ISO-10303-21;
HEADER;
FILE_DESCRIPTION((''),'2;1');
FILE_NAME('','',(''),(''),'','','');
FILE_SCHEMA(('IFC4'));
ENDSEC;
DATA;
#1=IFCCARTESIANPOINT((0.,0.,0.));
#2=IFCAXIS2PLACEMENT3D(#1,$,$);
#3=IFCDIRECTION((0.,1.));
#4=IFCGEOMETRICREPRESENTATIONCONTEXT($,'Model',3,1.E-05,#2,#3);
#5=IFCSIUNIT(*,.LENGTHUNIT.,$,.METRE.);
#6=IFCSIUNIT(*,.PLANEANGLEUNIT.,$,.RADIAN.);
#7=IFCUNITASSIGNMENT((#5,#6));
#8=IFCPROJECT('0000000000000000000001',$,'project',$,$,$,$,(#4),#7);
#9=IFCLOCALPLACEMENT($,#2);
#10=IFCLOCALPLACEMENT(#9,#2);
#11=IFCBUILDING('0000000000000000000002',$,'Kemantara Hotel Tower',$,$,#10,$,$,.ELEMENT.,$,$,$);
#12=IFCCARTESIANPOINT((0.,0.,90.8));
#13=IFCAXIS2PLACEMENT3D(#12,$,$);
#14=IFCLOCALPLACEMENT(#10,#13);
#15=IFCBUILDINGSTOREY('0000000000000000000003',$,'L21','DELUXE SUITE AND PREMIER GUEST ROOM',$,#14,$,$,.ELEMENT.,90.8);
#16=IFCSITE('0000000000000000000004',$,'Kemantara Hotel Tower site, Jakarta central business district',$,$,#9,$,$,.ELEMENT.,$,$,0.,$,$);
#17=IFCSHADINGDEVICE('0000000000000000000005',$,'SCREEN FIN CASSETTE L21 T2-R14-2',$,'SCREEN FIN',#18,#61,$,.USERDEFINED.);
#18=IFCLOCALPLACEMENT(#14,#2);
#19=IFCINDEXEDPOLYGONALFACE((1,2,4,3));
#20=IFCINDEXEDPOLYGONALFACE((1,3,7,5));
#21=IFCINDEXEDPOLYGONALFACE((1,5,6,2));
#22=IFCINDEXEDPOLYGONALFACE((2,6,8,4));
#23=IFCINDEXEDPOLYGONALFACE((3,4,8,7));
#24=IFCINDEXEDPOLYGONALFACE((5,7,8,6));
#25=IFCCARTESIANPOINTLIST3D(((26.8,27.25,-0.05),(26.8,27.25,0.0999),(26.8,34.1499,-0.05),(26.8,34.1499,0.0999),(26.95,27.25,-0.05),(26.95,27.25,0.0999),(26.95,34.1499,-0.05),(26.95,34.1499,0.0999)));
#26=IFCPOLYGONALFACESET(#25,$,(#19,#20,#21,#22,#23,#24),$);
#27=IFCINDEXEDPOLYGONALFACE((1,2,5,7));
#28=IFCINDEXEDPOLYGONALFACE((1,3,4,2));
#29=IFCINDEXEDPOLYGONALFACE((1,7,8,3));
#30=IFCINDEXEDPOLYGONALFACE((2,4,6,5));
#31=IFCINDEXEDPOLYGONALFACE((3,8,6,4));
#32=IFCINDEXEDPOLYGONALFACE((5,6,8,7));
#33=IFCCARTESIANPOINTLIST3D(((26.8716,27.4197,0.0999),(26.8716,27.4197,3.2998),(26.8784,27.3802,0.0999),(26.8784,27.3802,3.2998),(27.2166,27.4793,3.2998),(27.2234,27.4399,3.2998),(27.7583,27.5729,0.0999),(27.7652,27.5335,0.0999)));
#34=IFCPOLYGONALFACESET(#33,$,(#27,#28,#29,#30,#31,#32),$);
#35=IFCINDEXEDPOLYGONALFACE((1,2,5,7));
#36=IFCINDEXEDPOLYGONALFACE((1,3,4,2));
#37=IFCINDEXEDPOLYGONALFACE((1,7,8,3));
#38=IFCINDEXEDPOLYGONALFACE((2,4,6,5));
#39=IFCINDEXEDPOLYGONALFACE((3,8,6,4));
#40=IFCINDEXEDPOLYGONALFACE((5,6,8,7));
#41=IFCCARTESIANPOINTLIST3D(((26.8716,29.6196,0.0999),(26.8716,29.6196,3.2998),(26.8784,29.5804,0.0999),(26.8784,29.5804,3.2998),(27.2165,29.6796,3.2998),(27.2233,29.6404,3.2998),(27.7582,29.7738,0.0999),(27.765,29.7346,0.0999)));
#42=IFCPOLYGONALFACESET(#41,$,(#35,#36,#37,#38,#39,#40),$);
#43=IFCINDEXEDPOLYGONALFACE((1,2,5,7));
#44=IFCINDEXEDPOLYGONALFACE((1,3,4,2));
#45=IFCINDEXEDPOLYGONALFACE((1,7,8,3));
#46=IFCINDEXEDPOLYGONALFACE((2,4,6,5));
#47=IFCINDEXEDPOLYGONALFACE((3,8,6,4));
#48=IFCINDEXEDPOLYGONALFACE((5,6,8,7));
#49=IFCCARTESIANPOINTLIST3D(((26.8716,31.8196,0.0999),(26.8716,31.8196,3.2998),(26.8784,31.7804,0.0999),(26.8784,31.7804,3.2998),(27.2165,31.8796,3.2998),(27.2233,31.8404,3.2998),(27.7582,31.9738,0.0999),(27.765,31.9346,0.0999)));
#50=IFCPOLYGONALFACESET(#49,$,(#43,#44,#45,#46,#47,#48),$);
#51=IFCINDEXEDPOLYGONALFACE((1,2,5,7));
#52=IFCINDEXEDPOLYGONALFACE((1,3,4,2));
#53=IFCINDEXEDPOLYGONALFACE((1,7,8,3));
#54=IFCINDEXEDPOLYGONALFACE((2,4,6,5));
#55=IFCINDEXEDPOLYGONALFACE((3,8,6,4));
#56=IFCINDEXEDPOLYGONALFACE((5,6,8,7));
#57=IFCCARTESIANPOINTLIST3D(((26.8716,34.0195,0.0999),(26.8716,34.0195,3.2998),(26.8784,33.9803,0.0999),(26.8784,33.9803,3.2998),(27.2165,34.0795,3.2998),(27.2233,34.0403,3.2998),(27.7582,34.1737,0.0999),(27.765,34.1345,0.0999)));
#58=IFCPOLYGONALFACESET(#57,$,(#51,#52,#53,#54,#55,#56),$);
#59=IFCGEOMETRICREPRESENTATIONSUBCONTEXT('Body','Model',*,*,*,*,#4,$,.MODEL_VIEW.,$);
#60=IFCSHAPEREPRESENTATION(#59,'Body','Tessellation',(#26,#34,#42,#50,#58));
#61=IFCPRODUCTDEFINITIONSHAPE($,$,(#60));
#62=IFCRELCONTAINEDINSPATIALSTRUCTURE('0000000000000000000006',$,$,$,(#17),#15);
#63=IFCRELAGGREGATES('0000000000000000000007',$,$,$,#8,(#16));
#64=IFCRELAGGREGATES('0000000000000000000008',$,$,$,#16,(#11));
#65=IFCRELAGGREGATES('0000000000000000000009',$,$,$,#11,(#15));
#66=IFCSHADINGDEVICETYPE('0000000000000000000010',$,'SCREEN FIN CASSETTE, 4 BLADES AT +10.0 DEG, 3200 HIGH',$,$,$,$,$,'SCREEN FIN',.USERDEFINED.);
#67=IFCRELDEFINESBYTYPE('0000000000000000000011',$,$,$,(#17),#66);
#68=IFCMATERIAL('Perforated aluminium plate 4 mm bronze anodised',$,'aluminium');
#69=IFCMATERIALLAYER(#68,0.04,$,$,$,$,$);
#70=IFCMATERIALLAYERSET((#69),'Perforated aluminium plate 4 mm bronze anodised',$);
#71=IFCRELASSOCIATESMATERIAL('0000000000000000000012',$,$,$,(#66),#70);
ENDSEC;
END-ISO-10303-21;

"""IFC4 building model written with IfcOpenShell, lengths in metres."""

from ifc_helpers import new_model, si_unit, direction, frame, origin, origin_2d, place, context, subcontext, project, spatial, polyline, rectangle, outline, extrude, source, transform, mapped, material, layer, layer_set, type_object, element, save


model = new_model("IFC4")

# Units and contexts
model_context = context("Model", 3, precision=1e-05, world=origin(), true_north=direction((0.0, 1.0)))
body_context = subcontext(model_context, "Body", "Model", "MODEL_VIEW")
ifc_project = project(units=[si_unit("LENGTHUNIT", "METRE"), si_unit("PLANEANGLEUNIT", "RADIAN")], contexts=[model_context])

# Site, building, storey
site_placement = place(None, origin())
site = spatial("IfcSite", under=ifc_project, at=site_placement, Name="Kemantara Hotel Tower site, Jakarta central business district", CompositionType="ELEMENT", RefElevation=0.0)
building_placement = place(site_placement, origin())
building = spatial("IfcBuilding", under=site, at=building_placement, Name="Kemantara Hotel Tower", CompositionType="ELEMENT")
storey_placement = place(building_placement, frame((0.0, 0.0, 90.8)))
storey = spatial("IfcBuildingStorey", under=building, at=storey_placement, Name="L21", Description="DELUXE SUITE AND PREMIER GUEST ROOM", CompositionType="ELEMENT", Elevation=90.8)

# Shading device
ifc_material_1 = material(Name="Perforated aluminium plate 4 mm bronze anodised", Category="aluminium")
ifc_layer_1 = layer(ifc_material_1, 0.04)
ifc_layer_set_1 = layer_set([ifc_layer_1], Name="Perforated aluminium plate 4 mm bronze anodised")
shading_device_type_1 = type_object("IfcShadingDeviceType", Name="SCREEN FIN CASSETTE, 4 BLADES AT +10.0 DEG, 3200 HIGH", ElementType="SCREEN FIN", PredefinedType="USERDEFINED", material=ifc_layer_set_1)
shared_shape_1 = source(origin(), body_context, "Body", "SweptSolid", [
    extrude(rectangle(XDim=6.8999, YDim=0.1499, at=origin_2d()), frame((3.3, -0.075, -0.1499), z_axis=(0.0, 0.0, 1.0), x_axis=(1.0, 0.0, 0.0)), (0.0, 0.0, 1.0), 0.1499),
    extrude(outline(polyline([(0.0, 0.0), (0.8999, 0.0), (0.3501, 3.2), (0.0, 3.2), (0.0, 0.0)])), frame((0.0198, -0.0715, 0.0), z_axis=(-0.98539, -0.170314, 0.0), x_axis=(0.170314, -0.98539, 0.0)), (0.0, 0.0, 1.0), 0.04),
    extrude(outline(polyline([(0.0, 0.0), (0.8999, 0.0), (0.3501, 3.2), (0.0, 3.2), (0.0, 0.0)])), frame((2.2197, -0.0715, 0.0), z_axis=(-0.985212, -0.171341, 0.0), x_axis=(0.171341, -0.985212, 0.0)), (0.0, 0.0, 1.0), 0.0398),
    extrude(outline(polyline([(0.0, 0.0), (0.8999, 0.0), (0.3501, 3.2), (0.0, 3.2), (0.0, 0.0)])), frame((4.4197, -0.0715, 0.0), z_axis=(-0.985212, -0.171341, 0.0), x_axis=(0.171341, -0.985212, 0.0)), (0.0, 0.0, 1.0), 0.0398),
    extrude(outline(polyline([(0.0, 0.0), (0.8999, 0.0), (0.3501, 3.2), (0.0, 3.2), (0.0, 0.0)])), frame((6.6196, -0.0715, 0.0), z_axis=(-0.985212, -0.171341, 0.0), x_axis=(0.171341, -0.985212, 0.0)), (0.0, 0.0, 1.0), 0.0398),
])
shading_device_1_placement = place(storey_placement, frame((26.8, 27.3999, 0.0999), z_axis=(0.0, 0.0, 1.0), x_axis=(0.0, 1.0, 0.0)))
element("IfcShadingDevice", 1, at=shading_device_1_placement, inside=storey, type_object=shading_device_type_1, Name="SCREEN FIN CASSETTE L21 T2-R14-2", ObjectType="SCREEN FIN", PredefinedType="USERDEFINED", context=body_context, shape_type="MappedRepresentation", body=[
    mapped(shared_shape_1, transform((0.0, 0.0, 0.0))),
])

save(model, "model.ifc")
